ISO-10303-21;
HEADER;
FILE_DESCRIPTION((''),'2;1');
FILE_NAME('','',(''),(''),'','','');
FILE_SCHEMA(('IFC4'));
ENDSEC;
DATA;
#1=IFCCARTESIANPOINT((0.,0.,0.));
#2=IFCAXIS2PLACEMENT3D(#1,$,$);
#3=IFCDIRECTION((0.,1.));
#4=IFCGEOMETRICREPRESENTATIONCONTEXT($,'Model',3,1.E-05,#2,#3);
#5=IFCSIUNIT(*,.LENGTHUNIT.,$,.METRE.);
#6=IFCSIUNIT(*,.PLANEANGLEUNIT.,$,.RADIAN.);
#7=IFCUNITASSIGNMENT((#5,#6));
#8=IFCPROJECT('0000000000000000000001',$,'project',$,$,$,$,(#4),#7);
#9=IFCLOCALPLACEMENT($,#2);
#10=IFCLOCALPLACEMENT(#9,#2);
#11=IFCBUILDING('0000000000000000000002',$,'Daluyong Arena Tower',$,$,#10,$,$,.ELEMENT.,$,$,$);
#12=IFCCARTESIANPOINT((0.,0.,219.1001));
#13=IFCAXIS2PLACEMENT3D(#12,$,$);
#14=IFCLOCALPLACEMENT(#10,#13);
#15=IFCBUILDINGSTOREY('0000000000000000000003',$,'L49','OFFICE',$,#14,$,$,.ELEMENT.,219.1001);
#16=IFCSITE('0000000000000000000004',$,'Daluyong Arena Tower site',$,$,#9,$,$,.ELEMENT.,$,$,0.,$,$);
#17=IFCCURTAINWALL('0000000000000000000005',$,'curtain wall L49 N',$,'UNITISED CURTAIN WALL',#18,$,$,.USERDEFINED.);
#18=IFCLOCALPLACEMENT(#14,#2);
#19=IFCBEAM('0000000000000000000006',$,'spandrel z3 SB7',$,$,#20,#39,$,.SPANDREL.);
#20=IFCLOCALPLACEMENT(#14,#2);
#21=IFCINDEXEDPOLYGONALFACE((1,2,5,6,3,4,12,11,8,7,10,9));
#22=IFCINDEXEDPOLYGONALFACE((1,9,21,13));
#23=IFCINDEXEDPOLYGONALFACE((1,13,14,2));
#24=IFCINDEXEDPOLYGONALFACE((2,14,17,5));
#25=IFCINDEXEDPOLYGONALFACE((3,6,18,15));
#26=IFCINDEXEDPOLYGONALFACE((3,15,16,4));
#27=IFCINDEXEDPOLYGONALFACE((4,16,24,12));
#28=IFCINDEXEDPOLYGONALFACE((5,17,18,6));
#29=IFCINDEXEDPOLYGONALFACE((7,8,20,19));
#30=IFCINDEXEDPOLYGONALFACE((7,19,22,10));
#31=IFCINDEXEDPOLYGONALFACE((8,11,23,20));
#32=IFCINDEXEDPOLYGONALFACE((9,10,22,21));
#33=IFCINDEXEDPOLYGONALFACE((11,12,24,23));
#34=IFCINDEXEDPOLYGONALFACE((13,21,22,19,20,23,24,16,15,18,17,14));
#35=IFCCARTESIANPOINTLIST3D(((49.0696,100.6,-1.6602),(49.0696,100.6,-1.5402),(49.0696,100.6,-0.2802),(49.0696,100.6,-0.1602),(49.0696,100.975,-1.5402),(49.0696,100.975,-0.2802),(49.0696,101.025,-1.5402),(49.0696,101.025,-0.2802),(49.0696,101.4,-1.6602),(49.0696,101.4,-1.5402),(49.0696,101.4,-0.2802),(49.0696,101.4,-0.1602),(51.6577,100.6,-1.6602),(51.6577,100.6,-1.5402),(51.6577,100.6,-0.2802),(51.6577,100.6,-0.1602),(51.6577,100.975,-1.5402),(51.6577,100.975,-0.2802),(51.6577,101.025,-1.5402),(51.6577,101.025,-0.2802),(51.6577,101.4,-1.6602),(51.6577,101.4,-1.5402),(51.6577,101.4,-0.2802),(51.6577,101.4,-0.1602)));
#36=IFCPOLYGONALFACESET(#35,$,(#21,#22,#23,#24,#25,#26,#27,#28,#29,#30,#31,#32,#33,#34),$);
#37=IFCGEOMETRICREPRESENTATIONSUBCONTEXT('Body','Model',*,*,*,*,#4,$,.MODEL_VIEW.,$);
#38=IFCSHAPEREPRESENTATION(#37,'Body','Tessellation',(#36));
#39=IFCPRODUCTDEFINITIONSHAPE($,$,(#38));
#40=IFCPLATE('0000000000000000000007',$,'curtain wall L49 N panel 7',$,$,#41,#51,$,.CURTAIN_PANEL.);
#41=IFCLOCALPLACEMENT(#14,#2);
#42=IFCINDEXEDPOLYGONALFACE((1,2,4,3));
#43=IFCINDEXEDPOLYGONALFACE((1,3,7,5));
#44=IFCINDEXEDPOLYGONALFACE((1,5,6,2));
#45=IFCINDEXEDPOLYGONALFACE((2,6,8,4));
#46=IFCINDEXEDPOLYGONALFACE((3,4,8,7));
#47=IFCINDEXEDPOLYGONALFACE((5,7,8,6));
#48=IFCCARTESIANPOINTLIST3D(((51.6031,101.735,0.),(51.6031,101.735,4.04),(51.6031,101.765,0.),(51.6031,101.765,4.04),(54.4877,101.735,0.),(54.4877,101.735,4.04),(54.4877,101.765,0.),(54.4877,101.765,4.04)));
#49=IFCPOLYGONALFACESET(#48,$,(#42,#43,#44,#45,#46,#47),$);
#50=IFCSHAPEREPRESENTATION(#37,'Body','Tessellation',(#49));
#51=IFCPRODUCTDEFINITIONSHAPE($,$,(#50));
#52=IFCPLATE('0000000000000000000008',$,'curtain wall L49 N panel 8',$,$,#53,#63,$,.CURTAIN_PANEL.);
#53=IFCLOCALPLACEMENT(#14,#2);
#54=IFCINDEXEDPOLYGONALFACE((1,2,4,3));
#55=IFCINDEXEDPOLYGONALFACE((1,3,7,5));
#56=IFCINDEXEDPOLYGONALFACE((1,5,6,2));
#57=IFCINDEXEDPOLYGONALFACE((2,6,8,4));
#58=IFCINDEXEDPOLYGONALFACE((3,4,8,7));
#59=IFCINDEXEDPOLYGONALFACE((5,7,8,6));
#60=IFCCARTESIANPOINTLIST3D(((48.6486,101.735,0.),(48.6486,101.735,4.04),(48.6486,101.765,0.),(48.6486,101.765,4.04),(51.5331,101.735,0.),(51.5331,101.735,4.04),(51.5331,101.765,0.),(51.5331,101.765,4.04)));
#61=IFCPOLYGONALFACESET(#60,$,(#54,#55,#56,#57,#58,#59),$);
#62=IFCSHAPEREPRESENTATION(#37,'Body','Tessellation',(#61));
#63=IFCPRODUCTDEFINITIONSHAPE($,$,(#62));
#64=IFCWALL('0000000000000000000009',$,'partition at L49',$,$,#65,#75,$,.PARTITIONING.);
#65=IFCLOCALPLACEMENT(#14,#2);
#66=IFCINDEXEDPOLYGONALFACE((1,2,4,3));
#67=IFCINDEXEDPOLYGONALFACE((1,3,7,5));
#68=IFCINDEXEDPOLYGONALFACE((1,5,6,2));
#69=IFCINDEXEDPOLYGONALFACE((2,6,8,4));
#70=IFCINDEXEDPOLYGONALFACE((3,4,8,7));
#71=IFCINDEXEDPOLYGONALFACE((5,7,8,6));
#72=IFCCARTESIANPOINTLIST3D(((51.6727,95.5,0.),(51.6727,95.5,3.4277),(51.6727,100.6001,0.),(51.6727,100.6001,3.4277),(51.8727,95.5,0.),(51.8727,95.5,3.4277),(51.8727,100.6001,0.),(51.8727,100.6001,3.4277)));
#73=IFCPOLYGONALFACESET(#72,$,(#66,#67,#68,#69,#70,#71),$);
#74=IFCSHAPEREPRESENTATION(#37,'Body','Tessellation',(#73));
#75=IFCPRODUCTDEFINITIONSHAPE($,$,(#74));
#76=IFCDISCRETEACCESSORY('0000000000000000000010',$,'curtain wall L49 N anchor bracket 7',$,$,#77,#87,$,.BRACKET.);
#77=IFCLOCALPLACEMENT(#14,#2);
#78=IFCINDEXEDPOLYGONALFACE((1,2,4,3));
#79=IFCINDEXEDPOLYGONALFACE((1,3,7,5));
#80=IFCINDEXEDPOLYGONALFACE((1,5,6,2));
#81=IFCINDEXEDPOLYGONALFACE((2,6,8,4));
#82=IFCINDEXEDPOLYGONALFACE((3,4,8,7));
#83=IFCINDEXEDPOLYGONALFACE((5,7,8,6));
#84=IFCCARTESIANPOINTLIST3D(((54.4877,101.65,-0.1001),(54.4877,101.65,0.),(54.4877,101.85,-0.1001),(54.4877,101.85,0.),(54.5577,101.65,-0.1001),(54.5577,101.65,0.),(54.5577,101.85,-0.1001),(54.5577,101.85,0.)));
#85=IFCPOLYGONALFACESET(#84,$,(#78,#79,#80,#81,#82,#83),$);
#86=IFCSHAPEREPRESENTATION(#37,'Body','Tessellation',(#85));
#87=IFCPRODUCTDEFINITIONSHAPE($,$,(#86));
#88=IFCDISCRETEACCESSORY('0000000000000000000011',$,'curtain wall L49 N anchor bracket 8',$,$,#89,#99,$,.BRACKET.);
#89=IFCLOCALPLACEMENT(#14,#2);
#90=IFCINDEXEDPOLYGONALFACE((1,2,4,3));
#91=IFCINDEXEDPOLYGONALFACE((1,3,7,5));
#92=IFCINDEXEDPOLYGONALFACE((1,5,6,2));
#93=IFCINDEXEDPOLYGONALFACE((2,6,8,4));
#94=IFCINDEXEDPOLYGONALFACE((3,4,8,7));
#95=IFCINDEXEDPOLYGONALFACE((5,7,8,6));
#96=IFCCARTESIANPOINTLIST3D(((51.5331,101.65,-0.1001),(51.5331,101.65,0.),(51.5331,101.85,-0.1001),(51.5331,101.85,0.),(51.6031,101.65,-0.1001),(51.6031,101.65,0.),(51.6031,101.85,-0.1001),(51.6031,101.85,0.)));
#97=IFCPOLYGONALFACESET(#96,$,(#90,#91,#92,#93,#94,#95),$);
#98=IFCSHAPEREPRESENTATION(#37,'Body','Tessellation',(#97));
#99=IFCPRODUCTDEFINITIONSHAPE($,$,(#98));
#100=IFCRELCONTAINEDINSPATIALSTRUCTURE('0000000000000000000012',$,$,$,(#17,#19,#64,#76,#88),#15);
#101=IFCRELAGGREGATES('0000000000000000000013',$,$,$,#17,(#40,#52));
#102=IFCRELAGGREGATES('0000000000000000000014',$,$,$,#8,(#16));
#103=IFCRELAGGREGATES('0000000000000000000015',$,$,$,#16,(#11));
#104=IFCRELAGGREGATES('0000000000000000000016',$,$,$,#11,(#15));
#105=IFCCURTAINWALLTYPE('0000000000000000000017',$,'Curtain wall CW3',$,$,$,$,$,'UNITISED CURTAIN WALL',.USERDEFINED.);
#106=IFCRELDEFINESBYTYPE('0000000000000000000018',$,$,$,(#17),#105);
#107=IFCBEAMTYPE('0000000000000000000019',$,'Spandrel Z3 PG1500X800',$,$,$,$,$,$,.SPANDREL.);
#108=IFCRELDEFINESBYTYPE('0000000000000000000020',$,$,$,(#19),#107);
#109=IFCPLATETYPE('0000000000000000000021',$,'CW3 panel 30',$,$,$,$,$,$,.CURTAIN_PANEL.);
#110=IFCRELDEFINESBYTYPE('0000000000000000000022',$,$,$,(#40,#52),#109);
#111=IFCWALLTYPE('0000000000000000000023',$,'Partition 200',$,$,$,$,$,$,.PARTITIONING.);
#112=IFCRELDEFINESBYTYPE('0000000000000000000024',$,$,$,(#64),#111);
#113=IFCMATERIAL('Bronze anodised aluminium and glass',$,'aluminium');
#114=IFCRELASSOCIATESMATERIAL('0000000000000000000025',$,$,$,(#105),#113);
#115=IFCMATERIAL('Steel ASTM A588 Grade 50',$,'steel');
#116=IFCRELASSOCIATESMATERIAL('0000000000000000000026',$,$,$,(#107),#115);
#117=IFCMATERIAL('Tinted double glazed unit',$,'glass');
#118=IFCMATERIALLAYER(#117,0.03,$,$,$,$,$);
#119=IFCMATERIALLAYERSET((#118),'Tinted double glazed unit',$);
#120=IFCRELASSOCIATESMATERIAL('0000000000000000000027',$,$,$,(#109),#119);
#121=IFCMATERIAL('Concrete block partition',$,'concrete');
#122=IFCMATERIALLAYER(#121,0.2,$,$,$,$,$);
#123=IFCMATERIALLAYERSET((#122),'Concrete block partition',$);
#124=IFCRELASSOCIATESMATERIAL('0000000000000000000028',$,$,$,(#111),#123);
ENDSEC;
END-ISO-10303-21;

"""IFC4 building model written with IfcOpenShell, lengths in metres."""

from ifc_helpers import new_model, si_unit, direction, frame, frame_2d, origin, origin_2d, place, context, subcontext, project, spatial, rectangle, i_section, extrude, material, layer, layer_set, material_profile, profile_set, type_object, element, aggregate, save


model = new_model("IFC4")

# Units and contexts
model_context = context("Model", 3, precision=1e-05, world=origin(), true_north=direction((0.0, 1.0)))
body_context = subcontext(model_context, "Body", "Model", "MODEL_VIEW")
ifc_project = project(units=[si_unit("LENGTHUNIT", "METRE"), si_unit("PLANEANGLEUNIT", "RADIAN")], contexts=[model_context])

# Site, building, storey
site_placement = place(None, origin())
site = spatial("IfcSite", under=ifc_project, at=site_placement, Name="Daluyong Arena Tower site", CompositionType="ELEMENT", RefElevation=0.0)
building_placement = place(site_placement, origin())
building = spatial("IfcBuilding", under=site, at=building_placement, Name="Daluyong Arena Tower", CompositionType="ELEMENT")
storey_placement = place(building_placement, frame((0.0, 0.0, 219.1001)))
storey = spatial("IfcBuildingStorey", under=building, at=storey_placement, Name="L49", Description="OFFICE", CompositionType="ELEMENT", Elevation=219.1001)

# Curtain wall
ifc_material_1 = material(Name="Bronze anodised aluminium and glass", Category="aluminium")
curtain_wall_type = type_object("IfcCurtainWallType", Name="Curtain wall CW3", ElementType="UNITISED CURTAIN WALL", PredefinedType="USERDEFINED", material=ifc_material_1)
curtain_wall_placement = place(storey_placement, origin())
curtain_wall = element("IfcCurtainWall", 1, at=curtain_wall_placement, inside=storey, type_object=curtain_wall_type, Name="curtain wall L49 N", ObjectType="UNITISED CURTAIN WALL", PredefinedType="USERDEFINED")

# Beam
ifc_material_2 = material(Name="Steel ASTM A588 Grade 50", Category="steel")
ifc_material_profile_1 = material_profile(ifc_material_2, i_section(OverallWidth=0.8, OverallDepth=1.5, WebThickness=0.05, FlangeThickness=0.12, at=origin_2d()))
ifc_profile_set_1 = profile_set([ifc_material_profile_1], Name="Steel ASTM A588 Grade 50")
beam_type_1 = type_object("IfcBeamType", Name="Spandrel Z3 PG1500X800", PredefinedType="SPANDREL", material=ifc_profile_set_1)
for number, where, z_axis, x_axis, name in (
    (2, (51.6577, 101.0, -0.9102), (-1.0, 0.0, 0.0), (0.0, -1.0, 0.0), "spandrel z3 SB7"),
):
    element("IfcBeam", number, at=place(storey_placement, frame(where, z_axis=z_axis, x_axis=x_axis)), inside=storey, type_object=beam_type_1, Name=name, PredefinedType="SPANDREL", context=body_context, shape_type="SweptSolid", body=[
        extrude(i_section(OverallWidth=0.8, OverallDepth=1.5, WebThickness=0.05, FlangeThickness=0.12, at=origin_2d()), origin(), (0.0, 0.0, 1.0), 2.5881),
    ])

# Plates
ifc_material_3 = material(Name="Tinted double glazed unit", Category="glass")
ifc_layer_1 = layer(ifc_material_3, 0.03)
ifc_layer_set_1 = layer_set([ifc_layer_1], Name="Tinted double glazed unit")
plate_type = type_object("IfcPlateType", Name="CW3 panel 30", PredefinedType="CURTAIN_PANEL", material=ifc_layer_set_1)
plate_1_placement = place(storey_placement, frame((53.0454, 101.75, 0.0), z_axis=(0.0, 0.0, 1.0), x_axis=(-1.0, 0.0, 0.0)))
plate_1 = element("IfcPlate", 3, at=plate_1_placement, type_object=plate_type, Name="curtain wall L49 N panel 7", PredefinedType="CURTAIN_PANEL", context=body_context, shape_type="SweptSolid", body=[
    extrude(rectangle(XDim=2.8845, YDim=0.03, at=origin_2d()), origin(), (0.0, 0.0, 1.0), 4.04),
])
plate_2_placement = place(storey_placement, frame((50.0908, 101.75, 0.0), z_axis=(0.0, 0.0, 1.0), x_axis=(-1.0, 0.0, 0.0)))
plate_2 = element("IfcPlate", 4, at=plate_2_placement, type_object=plate_type, Name="curtain wall L49 N panel 8", PredefinedType="CURTAIN_PANEL", context=body_context, shape_type="SweptSolid", body=[
    extrude(rectangle(XDim=2.8845, YDim=0.03, at=origin_2d()), origin(), (0.0, 0.0, 1.0), 4.04),
])
aggregate(curtain_wall, [plate_1, plate_2])

# Wall
ifc_material_4 = material(Name="Concrete block partition", Category="concrete")
ifc_layer_2 = layer(ifc_material_4, 0.2)
ifc_layer_set_2 = layer_set([ifc_layer_2], Name="Concrete block partition")
wall_type = type_object("IfcWallType", Name="Partition 200", PredefinedType="PARTITIONING", material=ifc_layer_set_2)
wall_placement = place(storey_placement, frame((51.7727, 95.5, 0.0), z_axis=(0.0, 0.0, 1.0), x_axis=(0.0, 1.0, 0.0)))
element("IfcWall", 5, at=wall_placement, inside=storey, type_object=wall_type, Name="partition at L49", PredefinedType="PARTITIONING", context=body_context, shape_type="SweptSolid", body=[
    extrude(rectangle(XDim=5.1001, YDim=0.2, at=frame_2d((2.55, 0.0))), origin(), (0.0, 0.0, 1.0), 3.4277),
])

# Discrete accessories
for number, where, z_axis, x_axis, name in (
    (6, (54.5227, 101.75, -0.1001), (0.0, 0.0, 1.0), (-1.0, 0.0, 0.0), "curtain wall L49 N anchor bracket 7"),
    (7, (51.5681, 101.75, -0.1001), (0.0, 0.0, 1.0), (-1.0, 0.0, 0.0), "curtain wall L49 N anchor bracket 8"),
):
    element("IfcDiscreteAccessory", number, at=place(storey_placement, frame(where, z_axis=z_axis, x_axis=x_axis)), inside=storey, Name=name, PredefinedType="BRACKET", context=body_context, shape_type="SweptSolid", body=[
        extrude(rectangle(XDim=0.0701, YDim=0.2, at=origin_2d()), origin(), (0.0, 0.0, 1.0), 0.1001),
    ])

save(model, "model.ifc")
